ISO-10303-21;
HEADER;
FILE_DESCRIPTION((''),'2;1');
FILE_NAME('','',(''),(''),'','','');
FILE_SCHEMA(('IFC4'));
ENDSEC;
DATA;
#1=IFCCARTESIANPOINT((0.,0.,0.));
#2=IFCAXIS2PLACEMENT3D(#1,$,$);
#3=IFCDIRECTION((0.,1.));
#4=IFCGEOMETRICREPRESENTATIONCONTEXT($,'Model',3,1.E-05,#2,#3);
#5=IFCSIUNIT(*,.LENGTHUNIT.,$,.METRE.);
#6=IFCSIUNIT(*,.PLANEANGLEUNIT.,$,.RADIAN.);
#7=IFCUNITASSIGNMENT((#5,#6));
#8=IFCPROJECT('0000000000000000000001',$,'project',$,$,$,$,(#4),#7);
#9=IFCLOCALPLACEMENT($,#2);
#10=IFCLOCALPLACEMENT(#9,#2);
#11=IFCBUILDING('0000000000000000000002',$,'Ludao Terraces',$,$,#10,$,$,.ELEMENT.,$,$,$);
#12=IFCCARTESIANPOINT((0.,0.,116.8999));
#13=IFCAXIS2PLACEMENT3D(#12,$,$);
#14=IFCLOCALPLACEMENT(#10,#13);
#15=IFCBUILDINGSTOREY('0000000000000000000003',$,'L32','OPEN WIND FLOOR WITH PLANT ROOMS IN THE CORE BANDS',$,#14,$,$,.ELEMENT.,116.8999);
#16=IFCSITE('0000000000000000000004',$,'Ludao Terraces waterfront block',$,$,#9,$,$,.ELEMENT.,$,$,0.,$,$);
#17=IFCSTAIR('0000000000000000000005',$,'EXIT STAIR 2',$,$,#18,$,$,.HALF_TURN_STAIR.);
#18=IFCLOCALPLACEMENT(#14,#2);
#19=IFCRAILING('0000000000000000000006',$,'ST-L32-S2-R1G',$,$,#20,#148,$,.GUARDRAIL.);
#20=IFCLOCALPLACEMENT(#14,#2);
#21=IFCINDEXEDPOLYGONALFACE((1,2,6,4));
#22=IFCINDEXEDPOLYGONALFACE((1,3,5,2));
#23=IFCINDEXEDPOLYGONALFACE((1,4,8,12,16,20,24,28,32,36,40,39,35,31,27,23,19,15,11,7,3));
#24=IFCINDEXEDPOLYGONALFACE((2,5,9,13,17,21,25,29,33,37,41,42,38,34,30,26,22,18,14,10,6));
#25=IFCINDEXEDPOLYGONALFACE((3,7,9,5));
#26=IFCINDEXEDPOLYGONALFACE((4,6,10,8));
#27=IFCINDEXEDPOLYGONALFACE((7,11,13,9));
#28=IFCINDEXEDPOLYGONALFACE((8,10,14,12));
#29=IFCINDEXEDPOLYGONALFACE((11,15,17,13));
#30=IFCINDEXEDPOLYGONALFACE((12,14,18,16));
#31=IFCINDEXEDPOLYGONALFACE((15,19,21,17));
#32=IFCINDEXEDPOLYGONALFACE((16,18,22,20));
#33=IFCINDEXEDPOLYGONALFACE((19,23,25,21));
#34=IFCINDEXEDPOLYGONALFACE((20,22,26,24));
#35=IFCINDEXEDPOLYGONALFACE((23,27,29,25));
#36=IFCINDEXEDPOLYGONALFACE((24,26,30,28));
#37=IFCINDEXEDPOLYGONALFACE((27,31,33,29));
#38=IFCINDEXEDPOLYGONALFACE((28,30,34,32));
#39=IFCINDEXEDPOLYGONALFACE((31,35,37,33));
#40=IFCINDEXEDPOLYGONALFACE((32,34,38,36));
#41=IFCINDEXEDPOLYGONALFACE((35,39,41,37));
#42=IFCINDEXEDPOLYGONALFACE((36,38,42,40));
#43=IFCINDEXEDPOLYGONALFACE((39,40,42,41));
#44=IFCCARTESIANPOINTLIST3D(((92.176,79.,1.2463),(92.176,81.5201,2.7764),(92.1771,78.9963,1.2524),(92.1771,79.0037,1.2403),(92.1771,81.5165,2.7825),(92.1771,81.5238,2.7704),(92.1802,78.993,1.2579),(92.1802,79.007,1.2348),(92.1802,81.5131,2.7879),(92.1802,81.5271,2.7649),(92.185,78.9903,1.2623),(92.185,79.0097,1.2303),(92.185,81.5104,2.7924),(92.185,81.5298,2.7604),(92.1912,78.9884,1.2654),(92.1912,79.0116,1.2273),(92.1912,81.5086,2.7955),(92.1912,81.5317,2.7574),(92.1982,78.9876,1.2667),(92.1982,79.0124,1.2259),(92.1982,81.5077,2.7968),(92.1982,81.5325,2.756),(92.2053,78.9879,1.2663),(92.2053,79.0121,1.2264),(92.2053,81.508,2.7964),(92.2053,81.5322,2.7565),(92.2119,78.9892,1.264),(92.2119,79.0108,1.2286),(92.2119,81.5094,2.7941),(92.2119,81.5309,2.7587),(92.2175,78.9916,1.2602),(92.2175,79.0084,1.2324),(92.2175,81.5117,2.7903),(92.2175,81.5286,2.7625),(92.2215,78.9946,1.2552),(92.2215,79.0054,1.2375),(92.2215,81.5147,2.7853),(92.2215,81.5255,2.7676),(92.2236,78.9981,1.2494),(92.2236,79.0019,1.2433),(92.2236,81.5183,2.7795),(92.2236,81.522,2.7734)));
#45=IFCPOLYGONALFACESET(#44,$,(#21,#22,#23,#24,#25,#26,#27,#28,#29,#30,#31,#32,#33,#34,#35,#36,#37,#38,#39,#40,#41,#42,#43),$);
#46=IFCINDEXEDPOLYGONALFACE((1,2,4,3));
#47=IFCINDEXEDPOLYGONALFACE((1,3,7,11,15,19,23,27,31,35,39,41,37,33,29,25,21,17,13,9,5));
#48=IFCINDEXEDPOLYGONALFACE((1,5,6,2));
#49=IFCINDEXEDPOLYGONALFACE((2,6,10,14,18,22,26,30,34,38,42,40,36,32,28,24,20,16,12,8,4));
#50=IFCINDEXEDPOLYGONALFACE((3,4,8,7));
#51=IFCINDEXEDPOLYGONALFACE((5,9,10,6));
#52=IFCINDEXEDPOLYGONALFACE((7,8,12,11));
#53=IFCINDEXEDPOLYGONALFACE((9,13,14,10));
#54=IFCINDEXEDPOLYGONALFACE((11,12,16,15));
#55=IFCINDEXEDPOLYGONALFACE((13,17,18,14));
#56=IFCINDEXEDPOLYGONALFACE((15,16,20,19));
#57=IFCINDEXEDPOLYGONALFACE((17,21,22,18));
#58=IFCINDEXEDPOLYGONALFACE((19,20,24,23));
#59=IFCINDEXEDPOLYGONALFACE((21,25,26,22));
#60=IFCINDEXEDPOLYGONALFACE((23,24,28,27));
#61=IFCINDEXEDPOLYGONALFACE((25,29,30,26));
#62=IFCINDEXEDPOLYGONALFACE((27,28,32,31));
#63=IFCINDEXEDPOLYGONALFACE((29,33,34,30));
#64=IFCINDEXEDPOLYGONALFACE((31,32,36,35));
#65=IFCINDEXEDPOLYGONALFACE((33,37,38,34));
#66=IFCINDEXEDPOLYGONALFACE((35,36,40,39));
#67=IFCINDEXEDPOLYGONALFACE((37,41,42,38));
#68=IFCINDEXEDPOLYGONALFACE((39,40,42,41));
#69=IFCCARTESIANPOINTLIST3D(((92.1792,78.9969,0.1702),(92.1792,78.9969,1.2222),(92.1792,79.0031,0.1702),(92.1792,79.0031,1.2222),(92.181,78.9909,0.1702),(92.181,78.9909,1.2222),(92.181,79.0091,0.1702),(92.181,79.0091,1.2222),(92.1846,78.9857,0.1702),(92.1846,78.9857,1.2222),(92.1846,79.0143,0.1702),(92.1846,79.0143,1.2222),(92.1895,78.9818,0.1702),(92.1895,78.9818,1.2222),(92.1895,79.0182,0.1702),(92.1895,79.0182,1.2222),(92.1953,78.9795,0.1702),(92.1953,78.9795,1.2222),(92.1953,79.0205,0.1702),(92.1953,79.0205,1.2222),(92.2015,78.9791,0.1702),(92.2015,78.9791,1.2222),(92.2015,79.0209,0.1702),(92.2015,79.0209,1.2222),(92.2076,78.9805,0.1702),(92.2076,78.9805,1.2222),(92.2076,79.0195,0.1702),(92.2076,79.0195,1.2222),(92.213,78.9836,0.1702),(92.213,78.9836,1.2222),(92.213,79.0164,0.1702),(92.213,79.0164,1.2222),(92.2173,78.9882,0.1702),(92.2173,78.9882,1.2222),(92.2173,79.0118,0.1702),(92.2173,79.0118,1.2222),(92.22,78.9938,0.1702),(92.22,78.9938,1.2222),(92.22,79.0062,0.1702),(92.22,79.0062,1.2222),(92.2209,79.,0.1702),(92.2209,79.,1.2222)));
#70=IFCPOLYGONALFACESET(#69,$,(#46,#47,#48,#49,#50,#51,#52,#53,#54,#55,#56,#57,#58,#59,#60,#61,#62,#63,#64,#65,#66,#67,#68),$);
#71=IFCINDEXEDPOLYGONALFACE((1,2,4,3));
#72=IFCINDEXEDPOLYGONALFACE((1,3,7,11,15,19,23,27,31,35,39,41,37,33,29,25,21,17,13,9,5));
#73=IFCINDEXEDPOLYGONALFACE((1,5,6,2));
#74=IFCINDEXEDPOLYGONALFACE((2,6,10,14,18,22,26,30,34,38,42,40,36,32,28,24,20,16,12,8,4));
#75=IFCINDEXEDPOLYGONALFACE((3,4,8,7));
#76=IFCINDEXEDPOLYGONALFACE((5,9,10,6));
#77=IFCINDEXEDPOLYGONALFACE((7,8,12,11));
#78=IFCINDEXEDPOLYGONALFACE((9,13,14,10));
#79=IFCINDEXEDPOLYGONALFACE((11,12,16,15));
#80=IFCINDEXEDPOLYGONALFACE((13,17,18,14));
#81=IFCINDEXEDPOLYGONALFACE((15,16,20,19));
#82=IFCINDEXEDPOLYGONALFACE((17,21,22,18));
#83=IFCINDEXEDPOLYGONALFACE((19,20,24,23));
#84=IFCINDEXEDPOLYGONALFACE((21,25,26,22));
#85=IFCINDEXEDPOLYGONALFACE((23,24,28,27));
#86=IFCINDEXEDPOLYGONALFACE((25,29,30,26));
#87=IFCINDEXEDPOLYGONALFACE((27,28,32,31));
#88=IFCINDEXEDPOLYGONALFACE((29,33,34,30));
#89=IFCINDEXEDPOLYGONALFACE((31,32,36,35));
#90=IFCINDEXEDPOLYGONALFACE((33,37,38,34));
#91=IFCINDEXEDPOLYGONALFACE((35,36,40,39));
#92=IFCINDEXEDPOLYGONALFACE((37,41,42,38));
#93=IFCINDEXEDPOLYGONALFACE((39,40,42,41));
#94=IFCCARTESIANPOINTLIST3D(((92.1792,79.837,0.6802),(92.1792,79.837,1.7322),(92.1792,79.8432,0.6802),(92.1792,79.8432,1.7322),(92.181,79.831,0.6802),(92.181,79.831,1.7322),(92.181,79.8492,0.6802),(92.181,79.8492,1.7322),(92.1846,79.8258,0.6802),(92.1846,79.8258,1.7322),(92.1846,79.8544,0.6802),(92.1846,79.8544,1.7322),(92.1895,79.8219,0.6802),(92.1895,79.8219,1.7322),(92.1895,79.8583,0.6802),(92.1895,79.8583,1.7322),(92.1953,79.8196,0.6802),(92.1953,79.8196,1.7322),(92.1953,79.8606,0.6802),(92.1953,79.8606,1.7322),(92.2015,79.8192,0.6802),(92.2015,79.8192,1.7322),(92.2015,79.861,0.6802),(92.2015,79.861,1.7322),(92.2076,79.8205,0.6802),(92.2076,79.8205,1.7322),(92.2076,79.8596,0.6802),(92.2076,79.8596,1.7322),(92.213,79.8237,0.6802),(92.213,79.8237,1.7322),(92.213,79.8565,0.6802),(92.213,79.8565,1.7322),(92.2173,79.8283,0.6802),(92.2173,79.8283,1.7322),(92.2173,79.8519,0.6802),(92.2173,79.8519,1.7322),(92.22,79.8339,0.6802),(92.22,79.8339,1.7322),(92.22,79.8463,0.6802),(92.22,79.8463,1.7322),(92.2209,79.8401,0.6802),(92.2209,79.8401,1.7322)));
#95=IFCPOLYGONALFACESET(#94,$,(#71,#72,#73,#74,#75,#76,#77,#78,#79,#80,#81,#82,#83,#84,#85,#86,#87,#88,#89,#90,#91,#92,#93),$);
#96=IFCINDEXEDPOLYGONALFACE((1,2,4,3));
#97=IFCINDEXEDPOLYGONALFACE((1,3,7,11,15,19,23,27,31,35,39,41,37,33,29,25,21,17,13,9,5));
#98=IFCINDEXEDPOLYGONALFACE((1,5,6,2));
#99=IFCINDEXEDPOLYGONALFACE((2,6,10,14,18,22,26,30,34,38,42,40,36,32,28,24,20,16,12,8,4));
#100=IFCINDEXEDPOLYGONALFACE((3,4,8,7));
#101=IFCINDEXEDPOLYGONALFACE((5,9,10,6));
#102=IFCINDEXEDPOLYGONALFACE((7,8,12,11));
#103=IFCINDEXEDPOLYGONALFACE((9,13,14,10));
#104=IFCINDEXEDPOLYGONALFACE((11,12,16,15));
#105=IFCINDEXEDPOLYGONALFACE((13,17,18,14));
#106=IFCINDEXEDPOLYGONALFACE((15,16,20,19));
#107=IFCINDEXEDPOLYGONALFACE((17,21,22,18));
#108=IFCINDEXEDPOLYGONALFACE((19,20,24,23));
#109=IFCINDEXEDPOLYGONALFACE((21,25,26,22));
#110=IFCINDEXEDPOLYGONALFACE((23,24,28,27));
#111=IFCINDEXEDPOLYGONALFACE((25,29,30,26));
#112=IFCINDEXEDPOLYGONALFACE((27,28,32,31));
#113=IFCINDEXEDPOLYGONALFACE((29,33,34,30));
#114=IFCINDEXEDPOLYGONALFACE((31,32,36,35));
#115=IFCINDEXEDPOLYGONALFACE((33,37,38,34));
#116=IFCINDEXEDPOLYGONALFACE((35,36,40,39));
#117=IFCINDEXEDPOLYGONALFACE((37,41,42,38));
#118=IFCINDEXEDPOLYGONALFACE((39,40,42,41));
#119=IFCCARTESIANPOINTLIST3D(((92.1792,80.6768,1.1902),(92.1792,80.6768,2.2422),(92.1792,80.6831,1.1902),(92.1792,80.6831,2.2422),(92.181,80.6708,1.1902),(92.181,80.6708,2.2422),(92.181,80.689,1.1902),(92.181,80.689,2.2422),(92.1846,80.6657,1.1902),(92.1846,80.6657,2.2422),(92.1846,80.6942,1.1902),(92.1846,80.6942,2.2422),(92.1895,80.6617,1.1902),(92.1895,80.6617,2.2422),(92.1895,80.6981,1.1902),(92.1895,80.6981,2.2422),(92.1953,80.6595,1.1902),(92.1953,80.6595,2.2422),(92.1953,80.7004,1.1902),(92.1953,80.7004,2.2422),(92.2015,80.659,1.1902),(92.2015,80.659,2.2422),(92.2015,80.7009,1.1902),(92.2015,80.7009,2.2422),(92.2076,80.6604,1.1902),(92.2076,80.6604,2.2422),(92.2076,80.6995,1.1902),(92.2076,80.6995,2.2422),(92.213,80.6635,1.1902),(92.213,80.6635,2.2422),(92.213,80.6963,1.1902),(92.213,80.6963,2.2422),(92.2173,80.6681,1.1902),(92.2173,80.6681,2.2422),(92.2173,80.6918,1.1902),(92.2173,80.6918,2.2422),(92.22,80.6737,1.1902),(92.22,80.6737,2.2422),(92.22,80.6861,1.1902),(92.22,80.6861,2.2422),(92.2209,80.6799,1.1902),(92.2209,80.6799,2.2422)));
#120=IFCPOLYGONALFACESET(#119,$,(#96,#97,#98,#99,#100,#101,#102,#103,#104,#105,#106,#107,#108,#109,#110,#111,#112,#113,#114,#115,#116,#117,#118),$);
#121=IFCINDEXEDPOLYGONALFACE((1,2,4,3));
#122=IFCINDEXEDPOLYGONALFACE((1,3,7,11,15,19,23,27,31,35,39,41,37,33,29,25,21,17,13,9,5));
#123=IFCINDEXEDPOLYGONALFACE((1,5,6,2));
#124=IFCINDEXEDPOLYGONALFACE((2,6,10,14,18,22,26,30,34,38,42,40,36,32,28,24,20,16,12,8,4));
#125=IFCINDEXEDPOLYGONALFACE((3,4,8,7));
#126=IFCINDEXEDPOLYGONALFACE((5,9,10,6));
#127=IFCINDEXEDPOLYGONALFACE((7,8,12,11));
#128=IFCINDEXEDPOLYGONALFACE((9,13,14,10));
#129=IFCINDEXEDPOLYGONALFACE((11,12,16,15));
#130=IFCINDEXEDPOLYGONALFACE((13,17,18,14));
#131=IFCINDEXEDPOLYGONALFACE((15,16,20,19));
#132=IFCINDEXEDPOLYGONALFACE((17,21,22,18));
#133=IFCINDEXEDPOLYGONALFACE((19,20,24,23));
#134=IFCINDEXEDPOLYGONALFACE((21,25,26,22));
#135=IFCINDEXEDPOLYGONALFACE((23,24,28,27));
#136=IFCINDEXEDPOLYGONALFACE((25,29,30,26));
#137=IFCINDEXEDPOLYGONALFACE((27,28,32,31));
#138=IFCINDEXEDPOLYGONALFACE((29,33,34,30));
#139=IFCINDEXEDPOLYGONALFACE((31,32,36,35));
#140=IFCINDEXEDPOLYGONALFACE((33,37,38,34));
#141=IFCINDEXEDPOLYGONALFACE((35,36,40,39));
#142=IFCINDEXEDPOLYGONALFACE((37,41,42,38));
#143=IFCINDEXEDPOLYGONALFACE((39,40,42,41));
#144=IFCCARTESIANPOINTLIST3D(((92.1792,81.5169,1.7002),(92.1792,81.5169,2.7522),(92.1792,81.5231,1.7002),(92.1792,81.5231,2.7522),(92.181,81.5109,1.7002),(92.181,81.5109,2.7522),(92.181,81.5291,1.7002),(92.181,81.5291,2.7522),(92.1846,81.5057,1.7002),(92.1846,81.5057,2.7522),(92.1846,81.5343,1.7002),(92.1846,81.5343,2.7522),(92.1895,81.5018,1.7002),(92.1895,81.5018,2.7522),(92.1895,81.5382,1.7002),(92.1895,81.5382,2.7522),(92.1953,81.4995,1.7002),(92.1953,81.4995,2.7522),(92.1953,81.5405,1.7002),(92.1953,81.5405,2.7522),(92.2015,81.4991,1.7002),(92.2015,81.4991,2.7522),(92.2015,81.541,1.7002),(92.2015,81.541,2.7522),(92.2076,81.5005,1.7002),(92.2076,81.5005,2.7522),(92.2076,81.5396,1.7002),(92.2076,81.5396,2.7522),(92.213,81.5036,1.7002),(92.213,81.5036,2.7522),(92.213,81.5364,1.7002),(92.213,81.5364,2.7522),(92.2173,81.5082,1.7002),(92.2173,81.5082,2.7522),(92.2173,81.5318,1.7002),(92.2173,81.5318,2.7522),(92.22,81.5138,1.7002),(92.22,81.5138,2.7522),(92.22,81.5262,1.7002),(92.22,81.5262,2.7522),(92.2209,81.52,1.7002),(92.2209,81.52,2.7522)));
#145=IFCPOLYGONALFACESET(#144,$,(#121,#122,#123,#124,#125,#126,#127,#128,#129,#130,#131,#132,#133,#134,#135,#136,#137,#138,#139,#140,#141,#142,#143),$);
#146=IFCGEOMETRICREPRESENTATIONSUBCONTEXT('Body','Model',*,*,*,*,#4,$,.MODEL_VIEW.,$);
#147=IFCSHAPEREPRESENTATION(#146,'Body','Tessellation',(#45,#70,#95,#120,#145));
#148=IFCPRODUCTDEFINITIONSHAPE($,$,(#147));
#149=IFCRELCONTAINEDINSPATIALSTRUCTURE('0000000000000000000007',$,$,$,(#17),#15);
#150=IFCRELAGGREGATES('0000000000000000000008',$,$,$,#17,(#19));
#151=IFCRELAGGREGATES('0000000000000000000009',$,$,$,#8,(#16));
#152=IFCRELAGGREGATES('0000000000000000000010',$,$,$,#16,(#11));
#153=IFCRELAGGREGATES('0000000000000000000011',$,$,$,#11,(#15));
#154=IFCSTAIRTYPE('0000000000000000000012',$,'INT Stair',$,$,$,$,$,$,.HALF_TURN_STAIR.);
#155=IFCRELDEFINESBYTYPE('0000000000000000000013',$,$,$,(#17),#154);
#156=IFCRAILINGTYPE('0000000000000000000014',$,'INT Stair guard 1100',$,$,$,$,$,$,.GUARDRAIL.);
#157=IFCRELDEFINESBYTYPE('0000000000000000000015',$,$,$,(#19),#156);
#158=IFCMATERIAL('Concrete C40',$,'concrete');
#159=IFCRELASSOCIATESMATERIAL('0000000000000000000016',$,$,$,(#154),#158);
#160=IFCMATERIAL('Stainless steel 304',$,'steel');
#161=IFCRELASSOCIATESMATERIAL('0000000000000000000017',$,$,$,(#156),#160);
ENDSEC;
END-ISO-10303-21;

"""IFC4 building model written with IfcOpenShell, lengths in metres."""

from ifc_helpers import new_model, si_unit, direction, frame, origin, origin_2d, place, context, subcontext, project, spatial, circle, extrude, material, type_object, element, aggregate, save


model = new_model("IFC4")

# Units and contexts
model_context = context("Model", 3, precision=1e-05, world=origin(), true_north=direction((0.0, 1.0)))
body_context = subcontext(model_context, "Body", "Model", "MODEL_VIEW")
ifc_project = project(units=[si_unit("LENGTHUNIT", "METRE"), si_unit("PLANEANGLEUNIT", "RADIAN")], contexts=[model_context])

# Site, building, storey
site_placement = place(None, origin())
site = spatial("IfcSite", under=ifc_project, at=site_placement, Name="Ludao Terraces waterfront block", CompositionType="ELEMENT", RefElevation=0.0)
building_placement = place(site_placement, origin())
building = spatial("IfcBuilding", under=site, at=building_placement, Name="Ludao Terraces", CompositionType="ELEMENT")
storey_placement = place(building_placement, frame((0.0, 0.0, 116.8999)))
storey = spatial("IfcBuildingStorey", under=building, at=storey_placement, Name="L32", Description="OPEN WIND FLOOR WITH PLANT ROOMS IN THE CORE BANDS", CompositionType="ELEMENT", Elevation=116.8999)

# Stair, railing
ifc_material_1 = material(Name="Concrete C40", Category="concrete")
stair_type = type_object("IfcStairType", Name="INT Stair", PredefinedType="HALF_TURN_STAIR", material=ifc_material_1)
stair_placement = place(storey_placement, origin())
stair = element("IfcStair", 1, at=stair_placement, inside=storey, type_object=stair_type, Name="EXIT STAIR 2", PredefinedType="HALF_TURN_STAIR")
ifc_material_2 = material(Name="Stainless steel 304", Category="steel")
railing_type_1 = type_object("IfcRailingType", Name="INT Stair guard 1100", PredefinedType="GUARDRAIL", material=ifc_material_2)
railing_1_placement = place(storey_placement, frame((92.2, 79.0, 0.1702)))
railing_1 = element("IfcRailing", 2, at=railing_1_placement, type_object=railing_type_1, Name="ST-L32-S2-R1G", PredefinedType="GUARDRAIL", context=body_context, shape_type="SweptSolid", body=[
    extrude(circle(Radius=0.0239, at=origin_2d()), frame((0.0, 0.0, 1.0762), z_axis=(0.0, 0.854785, 0.518982), x_axis=(-1.0, 0.0, 0.0)), (0.0, 0.0, 1.0), 2.9482),
    extrude(circle(Radius=0.021, at=origin_2d()), origin(), (0.0, 0.0, 1.0), 1.052),
    extrude(circle(Radius=0.021, at=origin_2d()), frame((0.0, 0.8401, 0.51)), (0.0, 0.0, 1.0), 1.052),
    extrude(circle(Radius=0.021, at=origin_2d()), frame((0.0, 1.6799, 1.02)), (0.0, 0.0, 1.0), 1.052),
    extrude(circle(Radius=0.021, at=origin_2d()), frame((0.0, 2.52, 1.53)), (0.0, 0.0, 1.0), 1.052),
])
aggregate(stair, [railing_1])

save(model, "model.ifc")
